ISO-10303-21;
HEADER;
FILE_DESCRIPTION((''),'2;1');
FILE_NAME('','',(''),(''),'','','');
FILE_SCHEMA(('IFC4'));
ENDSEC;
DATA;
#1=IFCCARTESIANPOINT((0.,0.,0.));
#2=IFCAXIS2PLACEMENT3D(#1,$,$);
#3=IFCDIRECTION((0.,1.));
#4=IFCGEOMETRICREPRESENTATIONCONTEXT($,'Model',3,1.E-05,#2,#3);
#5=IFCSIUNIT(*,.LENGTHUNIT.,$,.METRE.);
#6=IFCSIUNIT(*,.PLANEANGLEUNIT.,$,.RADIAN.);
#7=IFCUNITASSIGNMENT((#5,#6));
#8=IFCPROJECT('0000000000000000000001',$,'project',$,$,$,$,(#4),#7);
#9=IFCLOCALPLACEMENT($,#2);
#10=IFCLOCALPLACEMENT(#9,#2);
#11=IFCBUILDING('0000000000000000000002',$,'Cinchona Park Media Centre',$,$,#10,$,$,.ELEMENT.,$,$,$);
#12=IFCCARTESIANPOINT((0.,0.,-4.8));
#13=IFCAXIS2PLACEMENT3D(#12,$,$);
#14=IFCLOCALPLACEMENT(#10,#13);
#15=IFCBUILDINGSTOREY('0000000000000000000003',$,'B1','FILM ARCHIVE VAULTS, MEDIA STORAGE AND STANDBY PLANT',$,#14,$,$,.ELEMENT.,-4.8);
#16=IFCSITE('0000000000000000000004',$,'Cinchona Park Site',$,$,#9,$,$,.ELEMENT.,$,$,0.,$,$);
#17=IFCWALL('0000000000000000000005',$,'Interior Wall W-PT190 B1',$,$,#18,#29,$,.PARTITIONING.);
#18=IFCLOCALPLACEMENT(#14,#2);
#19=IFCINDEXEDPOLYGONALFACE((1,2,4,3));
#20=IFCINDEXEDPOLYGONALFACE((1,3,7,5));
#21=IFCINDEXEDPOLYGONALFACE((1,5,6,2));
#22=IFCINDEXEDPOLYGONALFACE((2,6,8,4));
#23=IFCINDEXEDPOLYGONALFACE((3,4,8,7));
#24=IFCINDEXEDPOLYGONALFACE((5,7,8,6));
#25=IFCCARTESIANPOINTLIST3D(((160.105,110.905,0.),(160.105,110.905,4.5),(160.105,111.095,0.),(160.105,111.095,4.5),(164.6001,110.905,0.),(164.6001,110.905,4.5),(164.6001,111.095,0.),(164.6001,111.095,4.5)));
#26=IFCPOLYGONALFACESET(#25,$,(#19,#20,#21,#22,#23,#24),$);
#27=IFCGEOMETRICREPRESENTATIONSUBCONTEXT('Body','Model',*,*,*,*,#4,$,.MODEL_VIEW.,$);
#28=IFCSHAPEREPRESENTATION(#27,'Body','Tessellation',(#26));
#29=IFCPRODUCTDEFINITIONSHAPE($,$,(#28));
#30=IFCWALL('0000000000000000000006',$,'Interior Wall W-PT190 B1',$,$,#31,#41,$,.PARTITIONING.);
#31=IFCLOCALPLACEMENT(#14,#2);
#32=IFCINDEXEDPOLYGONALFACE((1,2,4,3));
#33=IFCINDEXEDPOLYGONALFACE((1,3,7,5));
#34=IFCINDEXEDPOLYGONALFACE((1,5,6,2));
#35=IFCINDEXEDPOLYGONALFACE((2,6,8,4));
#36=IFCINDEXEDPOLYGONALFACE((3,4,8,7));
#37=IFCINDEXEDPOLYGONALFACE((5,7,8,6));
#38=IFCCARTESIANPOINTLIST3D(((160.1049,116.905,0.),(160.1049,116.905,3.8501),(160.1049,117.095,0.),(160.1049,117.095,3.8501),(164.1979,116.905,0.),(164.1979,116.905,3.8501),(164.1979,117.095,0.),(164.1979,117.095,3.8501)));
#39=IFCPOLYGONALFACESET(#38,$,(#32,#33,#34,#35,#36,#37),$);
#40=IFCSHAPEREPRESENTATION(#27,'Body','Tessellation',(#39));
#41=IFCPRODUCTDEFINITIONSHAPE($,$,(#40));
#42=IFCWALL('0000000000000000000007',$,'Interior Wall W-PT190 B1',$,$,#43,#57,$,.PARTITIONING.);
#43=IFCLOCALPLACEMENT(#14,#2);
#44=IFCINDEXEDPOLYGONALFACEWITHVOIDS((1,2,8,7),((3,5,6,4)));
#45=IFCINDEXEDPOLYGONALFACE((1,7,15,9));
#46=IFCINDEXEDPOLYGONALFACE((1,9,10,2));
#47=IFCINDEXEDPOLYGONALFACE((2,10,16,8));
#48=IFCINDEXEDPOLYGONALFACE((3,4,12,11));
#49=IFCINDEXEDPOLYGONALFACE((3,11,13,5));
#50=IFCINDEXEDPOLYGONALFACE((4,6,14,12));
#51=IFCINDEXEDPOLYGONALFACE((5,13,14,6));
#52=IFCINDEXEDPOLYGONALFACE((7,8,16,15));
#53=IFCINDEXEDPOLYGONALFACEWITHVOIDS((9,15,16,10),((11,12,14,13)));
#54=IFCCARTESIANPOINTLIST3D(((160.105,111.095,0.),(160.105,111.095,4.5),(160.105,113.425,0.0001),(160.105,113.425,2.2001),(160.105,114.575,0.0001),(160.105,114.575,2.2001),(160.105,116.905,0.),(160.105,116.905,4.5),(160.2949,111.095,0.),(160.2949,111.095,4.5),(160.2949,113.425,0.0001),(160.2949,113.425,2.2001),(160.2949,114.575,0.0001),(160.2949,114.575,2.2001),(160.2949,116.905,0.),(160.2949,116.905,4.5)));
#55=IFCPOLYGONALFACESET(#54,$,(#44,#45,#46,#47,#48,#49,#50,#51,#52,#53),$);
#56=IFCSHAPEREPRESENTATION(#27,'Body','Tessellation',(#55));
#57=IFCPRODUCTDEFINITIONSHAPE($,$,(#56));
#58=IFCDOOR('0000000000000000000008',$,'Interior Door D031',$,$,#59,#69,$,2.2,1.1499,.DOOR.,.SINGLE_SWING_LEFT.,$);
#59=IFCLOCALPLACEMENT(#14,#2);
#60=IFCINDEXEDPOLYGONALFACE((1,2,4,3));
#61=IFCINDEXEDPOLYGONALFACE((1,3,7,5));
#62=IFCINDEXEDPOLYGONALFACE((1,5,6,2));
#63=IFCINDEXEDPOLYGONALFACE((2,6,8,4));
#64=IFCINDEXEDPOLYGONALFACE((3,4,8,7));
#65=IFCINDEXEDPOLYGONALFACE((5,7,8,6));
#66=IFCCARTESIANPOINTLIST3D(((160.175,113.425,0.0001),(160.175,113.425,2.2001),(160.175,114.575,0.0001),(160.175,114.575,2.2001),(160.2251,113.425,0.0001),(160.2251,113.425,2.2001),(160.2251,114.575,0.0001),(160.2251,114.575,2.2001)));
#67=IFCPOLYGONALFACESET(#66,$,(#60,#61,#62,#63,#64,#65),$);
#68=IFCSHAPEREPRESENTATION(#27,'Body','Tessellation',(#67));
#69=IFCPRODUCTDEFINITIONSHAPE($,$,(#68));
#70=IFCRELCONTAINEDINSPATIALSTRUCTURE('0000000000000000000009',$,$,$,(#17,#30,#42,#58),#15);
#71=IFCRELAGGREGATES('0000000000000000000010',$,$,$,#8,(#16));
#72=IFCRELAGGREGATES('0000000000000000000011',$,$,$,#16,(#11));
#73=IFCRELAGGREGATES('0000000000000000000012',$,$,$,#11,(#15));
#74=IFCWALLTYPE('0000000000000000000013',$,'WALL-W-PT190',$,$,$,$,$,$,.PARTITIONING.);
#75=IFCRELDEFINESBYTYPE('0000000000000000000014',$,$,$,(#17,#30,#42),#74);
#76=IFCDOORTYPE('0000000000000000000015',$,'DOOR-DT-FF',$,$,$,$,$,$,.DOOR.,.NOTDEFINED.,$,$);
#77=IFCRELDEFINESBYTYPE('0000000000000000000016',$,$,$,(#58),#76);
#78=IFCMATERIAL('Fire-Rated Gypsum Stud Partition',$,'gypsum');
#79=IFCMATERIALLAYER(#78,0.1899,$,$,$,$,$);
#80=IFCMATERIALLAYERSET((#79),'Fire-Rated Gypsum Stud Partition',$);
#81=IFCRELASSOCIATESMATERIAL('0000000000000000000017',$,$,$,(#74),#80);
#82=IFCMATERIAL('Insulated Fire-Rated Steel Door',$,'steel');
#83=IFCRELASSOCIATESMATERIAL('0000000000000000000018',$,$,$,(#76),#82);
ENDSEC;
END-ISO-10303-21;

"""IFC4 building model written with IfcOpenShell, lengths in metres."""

from ifc_helpers import new_model, si_unit, direction, frame, frame_2d, origin, place, context, subcontext, project, spatial, rectangle, extrude, material, layer, layer_set, type_object, element, fill, save


model = new_model("IFC4")

# Units and contexts
model_context = context("Model", 3, precision=1e-05, world=origin(), true_north=direction((0.0, 1.0)))
body_context = subcontext(model_context, "Body", "Model", "MODEL_VIEW")
ifc_project = project(units=[si_unit("LENGTHUNIT", "METRE"), si_unit("PLANEANGLEUNIT", "RADIAN")], contexts=[model_context])

# Site, building, storey
site_placement = place(None, origin())
site = spatial("IfcSite", under=ifc_project, at=site_placement, Name="Cinchona Park Site", CompositionType="ELEMENT", RefElevation=0.0)
building_placement = place(site_placement, origin())
building = spatial("IfcBuilding", under=site, at=building_placement, Name="Cinchona Park Media Centre", CompositionType="ELEMENT")
storey_placement = place(building_placement, frame((0.0, 0.0, -4.8)))
storey = spatial("IfcBuildingStorey", under=building, at=storey_placement, Name="B1", Description="FILM ARCHIVE VAULTS, MEDIA STORAGE AND STANDBY PLANT", CompositionType="ELEMENT", Elevation=-4.8)

# Walls
ifc_material_1 = material(Name="Fire-Rated Gypsum Stud Partition", Category="gypsum")
ifc_layer_1 = layer(ifc_material_1, 0.1899)
ifc_layer_set_1 = layer_set([ifc_layer_1], Name="Fire-Rated Gypsum Stud Partition")
wall_type_1 = type_object("IfcWallType", Name="WALL-W-PT190", PredefinedType="PARTITIONING", material=ifc_layer_set_1)
wall_1_placement = place(storey_placement, frame((160.105, 111.0, 0.0), z_axis=(0.0, 0.0, 1.0), x_axis=(1.0, 0.0, 0.0)))
element("IfcWall", 1, at=wall_1_placement, inside=storey, type_object=wall_type_1, Name="Interior Wall W-PT190 B1", PredefinedType="PARTITIONING", context=body_context, shape_type="SweptSolid", body=[
    extrude(rectangle(XDim=4.4951, YDim=0.1899, at=frame_2d((2.2476, 0.0))), origin(), (0.0, 0.0, 1.0), 4.5),
])
wall_2_placement = place(storey_placement, frame((160.105, 117.0, 0.0), z_axis=(0.0, 0.0, 1.0), x_axis=(1.0, 0.0, 0.0)))
element("IfcWall", 2, at=wall_2_placement, inside=storey, type_object=wall_type_1, Name="Interior Wall W-PT190 B1", PredefinedType="PARTITIONING", context=body_context, shape_type="SweptSolid", body=[
    extrude(rectangle(XDim=4.093, YDim=0.1899, at=frame_2d((2.0464, 0.0))), origin(), (0.0, 0.0, 1.0), 3.8501),
])

# Wall, opening, door
wall_3_placement = place(storey_placement, frame((160.2, 111.095, 0.0), z_axis=(0.0, 0.0, 1.0), x_axis=(0.0, 1.0, 0.0)))
wall_3 = element("IfcWall", 3, at=wall_3_placement, inside=storey, type_object=wall_type_1, Name="Interior Wall W-PT190 B1", PredefinedType="PARTITIONING", context=body_context, shape_type="SweptSolid", body=[
    extrude(rectangle(XDim=5.8101, YDim=0.1899, at=frame_2d((2.905, 0.0))), origin(), (0.0, 0.0, 1.0), 4.5),
])
opening_placement = place(wall_3_placement, frame((2.3301, 0.0, 0.0)))
opening = element("IfcOpeningElement", 4, at=opening_placement, cuts=wall_3, PredefinedType="OPENING", context=body_context, shape_type="SweptSolid", body=[
    extrude(rectangle(XDim=1.1499, YDim=2.2, at=frame_2d((0.575, 1.1001))), frame((0.0, 0.105, 0.0), z_axis=(0.0, -1.0, 0.0), x_axis=(1.0, 0.0, 0.0)), (0.0, 0.0, 1.0), 0.21),
])
ifc_material_2 = material(Name="Insulated Fire-Rated Steel Door", Category="steel")
door_type = type_object("IfcDoorType", Name="DOOR-DT-FF", OperationType="NOTDEFINED", PredefinedType="DOOR", material=ifc_material_2)
door_placement = place(opening_placement, origin())
door = element("IfcDoor", 5, at=door_placement, inside=storey, type_object=door_type, Name="Interior Door D031", OperationType="SINGLE_SWING_LEFT", OverallHeight=2.2, OverallWidth=1.1499, PredefinedType="DOOR", context=body_context, shape_type="SweptSolid", body=[
    extrude(rectangle(XDim=1.1499, YDim=2.2, at=frame_2d((0.575, 1.1001))), frame((0.0, 0.0249, 0.0), z_axis=(0.0, -1.0, 0.0), x_axis=(1.0, 0.0, 0.0)), (0.0, 0.0, 1.0), 0.05),
])
fill(opening, door)

save(model, "model.ifc")
